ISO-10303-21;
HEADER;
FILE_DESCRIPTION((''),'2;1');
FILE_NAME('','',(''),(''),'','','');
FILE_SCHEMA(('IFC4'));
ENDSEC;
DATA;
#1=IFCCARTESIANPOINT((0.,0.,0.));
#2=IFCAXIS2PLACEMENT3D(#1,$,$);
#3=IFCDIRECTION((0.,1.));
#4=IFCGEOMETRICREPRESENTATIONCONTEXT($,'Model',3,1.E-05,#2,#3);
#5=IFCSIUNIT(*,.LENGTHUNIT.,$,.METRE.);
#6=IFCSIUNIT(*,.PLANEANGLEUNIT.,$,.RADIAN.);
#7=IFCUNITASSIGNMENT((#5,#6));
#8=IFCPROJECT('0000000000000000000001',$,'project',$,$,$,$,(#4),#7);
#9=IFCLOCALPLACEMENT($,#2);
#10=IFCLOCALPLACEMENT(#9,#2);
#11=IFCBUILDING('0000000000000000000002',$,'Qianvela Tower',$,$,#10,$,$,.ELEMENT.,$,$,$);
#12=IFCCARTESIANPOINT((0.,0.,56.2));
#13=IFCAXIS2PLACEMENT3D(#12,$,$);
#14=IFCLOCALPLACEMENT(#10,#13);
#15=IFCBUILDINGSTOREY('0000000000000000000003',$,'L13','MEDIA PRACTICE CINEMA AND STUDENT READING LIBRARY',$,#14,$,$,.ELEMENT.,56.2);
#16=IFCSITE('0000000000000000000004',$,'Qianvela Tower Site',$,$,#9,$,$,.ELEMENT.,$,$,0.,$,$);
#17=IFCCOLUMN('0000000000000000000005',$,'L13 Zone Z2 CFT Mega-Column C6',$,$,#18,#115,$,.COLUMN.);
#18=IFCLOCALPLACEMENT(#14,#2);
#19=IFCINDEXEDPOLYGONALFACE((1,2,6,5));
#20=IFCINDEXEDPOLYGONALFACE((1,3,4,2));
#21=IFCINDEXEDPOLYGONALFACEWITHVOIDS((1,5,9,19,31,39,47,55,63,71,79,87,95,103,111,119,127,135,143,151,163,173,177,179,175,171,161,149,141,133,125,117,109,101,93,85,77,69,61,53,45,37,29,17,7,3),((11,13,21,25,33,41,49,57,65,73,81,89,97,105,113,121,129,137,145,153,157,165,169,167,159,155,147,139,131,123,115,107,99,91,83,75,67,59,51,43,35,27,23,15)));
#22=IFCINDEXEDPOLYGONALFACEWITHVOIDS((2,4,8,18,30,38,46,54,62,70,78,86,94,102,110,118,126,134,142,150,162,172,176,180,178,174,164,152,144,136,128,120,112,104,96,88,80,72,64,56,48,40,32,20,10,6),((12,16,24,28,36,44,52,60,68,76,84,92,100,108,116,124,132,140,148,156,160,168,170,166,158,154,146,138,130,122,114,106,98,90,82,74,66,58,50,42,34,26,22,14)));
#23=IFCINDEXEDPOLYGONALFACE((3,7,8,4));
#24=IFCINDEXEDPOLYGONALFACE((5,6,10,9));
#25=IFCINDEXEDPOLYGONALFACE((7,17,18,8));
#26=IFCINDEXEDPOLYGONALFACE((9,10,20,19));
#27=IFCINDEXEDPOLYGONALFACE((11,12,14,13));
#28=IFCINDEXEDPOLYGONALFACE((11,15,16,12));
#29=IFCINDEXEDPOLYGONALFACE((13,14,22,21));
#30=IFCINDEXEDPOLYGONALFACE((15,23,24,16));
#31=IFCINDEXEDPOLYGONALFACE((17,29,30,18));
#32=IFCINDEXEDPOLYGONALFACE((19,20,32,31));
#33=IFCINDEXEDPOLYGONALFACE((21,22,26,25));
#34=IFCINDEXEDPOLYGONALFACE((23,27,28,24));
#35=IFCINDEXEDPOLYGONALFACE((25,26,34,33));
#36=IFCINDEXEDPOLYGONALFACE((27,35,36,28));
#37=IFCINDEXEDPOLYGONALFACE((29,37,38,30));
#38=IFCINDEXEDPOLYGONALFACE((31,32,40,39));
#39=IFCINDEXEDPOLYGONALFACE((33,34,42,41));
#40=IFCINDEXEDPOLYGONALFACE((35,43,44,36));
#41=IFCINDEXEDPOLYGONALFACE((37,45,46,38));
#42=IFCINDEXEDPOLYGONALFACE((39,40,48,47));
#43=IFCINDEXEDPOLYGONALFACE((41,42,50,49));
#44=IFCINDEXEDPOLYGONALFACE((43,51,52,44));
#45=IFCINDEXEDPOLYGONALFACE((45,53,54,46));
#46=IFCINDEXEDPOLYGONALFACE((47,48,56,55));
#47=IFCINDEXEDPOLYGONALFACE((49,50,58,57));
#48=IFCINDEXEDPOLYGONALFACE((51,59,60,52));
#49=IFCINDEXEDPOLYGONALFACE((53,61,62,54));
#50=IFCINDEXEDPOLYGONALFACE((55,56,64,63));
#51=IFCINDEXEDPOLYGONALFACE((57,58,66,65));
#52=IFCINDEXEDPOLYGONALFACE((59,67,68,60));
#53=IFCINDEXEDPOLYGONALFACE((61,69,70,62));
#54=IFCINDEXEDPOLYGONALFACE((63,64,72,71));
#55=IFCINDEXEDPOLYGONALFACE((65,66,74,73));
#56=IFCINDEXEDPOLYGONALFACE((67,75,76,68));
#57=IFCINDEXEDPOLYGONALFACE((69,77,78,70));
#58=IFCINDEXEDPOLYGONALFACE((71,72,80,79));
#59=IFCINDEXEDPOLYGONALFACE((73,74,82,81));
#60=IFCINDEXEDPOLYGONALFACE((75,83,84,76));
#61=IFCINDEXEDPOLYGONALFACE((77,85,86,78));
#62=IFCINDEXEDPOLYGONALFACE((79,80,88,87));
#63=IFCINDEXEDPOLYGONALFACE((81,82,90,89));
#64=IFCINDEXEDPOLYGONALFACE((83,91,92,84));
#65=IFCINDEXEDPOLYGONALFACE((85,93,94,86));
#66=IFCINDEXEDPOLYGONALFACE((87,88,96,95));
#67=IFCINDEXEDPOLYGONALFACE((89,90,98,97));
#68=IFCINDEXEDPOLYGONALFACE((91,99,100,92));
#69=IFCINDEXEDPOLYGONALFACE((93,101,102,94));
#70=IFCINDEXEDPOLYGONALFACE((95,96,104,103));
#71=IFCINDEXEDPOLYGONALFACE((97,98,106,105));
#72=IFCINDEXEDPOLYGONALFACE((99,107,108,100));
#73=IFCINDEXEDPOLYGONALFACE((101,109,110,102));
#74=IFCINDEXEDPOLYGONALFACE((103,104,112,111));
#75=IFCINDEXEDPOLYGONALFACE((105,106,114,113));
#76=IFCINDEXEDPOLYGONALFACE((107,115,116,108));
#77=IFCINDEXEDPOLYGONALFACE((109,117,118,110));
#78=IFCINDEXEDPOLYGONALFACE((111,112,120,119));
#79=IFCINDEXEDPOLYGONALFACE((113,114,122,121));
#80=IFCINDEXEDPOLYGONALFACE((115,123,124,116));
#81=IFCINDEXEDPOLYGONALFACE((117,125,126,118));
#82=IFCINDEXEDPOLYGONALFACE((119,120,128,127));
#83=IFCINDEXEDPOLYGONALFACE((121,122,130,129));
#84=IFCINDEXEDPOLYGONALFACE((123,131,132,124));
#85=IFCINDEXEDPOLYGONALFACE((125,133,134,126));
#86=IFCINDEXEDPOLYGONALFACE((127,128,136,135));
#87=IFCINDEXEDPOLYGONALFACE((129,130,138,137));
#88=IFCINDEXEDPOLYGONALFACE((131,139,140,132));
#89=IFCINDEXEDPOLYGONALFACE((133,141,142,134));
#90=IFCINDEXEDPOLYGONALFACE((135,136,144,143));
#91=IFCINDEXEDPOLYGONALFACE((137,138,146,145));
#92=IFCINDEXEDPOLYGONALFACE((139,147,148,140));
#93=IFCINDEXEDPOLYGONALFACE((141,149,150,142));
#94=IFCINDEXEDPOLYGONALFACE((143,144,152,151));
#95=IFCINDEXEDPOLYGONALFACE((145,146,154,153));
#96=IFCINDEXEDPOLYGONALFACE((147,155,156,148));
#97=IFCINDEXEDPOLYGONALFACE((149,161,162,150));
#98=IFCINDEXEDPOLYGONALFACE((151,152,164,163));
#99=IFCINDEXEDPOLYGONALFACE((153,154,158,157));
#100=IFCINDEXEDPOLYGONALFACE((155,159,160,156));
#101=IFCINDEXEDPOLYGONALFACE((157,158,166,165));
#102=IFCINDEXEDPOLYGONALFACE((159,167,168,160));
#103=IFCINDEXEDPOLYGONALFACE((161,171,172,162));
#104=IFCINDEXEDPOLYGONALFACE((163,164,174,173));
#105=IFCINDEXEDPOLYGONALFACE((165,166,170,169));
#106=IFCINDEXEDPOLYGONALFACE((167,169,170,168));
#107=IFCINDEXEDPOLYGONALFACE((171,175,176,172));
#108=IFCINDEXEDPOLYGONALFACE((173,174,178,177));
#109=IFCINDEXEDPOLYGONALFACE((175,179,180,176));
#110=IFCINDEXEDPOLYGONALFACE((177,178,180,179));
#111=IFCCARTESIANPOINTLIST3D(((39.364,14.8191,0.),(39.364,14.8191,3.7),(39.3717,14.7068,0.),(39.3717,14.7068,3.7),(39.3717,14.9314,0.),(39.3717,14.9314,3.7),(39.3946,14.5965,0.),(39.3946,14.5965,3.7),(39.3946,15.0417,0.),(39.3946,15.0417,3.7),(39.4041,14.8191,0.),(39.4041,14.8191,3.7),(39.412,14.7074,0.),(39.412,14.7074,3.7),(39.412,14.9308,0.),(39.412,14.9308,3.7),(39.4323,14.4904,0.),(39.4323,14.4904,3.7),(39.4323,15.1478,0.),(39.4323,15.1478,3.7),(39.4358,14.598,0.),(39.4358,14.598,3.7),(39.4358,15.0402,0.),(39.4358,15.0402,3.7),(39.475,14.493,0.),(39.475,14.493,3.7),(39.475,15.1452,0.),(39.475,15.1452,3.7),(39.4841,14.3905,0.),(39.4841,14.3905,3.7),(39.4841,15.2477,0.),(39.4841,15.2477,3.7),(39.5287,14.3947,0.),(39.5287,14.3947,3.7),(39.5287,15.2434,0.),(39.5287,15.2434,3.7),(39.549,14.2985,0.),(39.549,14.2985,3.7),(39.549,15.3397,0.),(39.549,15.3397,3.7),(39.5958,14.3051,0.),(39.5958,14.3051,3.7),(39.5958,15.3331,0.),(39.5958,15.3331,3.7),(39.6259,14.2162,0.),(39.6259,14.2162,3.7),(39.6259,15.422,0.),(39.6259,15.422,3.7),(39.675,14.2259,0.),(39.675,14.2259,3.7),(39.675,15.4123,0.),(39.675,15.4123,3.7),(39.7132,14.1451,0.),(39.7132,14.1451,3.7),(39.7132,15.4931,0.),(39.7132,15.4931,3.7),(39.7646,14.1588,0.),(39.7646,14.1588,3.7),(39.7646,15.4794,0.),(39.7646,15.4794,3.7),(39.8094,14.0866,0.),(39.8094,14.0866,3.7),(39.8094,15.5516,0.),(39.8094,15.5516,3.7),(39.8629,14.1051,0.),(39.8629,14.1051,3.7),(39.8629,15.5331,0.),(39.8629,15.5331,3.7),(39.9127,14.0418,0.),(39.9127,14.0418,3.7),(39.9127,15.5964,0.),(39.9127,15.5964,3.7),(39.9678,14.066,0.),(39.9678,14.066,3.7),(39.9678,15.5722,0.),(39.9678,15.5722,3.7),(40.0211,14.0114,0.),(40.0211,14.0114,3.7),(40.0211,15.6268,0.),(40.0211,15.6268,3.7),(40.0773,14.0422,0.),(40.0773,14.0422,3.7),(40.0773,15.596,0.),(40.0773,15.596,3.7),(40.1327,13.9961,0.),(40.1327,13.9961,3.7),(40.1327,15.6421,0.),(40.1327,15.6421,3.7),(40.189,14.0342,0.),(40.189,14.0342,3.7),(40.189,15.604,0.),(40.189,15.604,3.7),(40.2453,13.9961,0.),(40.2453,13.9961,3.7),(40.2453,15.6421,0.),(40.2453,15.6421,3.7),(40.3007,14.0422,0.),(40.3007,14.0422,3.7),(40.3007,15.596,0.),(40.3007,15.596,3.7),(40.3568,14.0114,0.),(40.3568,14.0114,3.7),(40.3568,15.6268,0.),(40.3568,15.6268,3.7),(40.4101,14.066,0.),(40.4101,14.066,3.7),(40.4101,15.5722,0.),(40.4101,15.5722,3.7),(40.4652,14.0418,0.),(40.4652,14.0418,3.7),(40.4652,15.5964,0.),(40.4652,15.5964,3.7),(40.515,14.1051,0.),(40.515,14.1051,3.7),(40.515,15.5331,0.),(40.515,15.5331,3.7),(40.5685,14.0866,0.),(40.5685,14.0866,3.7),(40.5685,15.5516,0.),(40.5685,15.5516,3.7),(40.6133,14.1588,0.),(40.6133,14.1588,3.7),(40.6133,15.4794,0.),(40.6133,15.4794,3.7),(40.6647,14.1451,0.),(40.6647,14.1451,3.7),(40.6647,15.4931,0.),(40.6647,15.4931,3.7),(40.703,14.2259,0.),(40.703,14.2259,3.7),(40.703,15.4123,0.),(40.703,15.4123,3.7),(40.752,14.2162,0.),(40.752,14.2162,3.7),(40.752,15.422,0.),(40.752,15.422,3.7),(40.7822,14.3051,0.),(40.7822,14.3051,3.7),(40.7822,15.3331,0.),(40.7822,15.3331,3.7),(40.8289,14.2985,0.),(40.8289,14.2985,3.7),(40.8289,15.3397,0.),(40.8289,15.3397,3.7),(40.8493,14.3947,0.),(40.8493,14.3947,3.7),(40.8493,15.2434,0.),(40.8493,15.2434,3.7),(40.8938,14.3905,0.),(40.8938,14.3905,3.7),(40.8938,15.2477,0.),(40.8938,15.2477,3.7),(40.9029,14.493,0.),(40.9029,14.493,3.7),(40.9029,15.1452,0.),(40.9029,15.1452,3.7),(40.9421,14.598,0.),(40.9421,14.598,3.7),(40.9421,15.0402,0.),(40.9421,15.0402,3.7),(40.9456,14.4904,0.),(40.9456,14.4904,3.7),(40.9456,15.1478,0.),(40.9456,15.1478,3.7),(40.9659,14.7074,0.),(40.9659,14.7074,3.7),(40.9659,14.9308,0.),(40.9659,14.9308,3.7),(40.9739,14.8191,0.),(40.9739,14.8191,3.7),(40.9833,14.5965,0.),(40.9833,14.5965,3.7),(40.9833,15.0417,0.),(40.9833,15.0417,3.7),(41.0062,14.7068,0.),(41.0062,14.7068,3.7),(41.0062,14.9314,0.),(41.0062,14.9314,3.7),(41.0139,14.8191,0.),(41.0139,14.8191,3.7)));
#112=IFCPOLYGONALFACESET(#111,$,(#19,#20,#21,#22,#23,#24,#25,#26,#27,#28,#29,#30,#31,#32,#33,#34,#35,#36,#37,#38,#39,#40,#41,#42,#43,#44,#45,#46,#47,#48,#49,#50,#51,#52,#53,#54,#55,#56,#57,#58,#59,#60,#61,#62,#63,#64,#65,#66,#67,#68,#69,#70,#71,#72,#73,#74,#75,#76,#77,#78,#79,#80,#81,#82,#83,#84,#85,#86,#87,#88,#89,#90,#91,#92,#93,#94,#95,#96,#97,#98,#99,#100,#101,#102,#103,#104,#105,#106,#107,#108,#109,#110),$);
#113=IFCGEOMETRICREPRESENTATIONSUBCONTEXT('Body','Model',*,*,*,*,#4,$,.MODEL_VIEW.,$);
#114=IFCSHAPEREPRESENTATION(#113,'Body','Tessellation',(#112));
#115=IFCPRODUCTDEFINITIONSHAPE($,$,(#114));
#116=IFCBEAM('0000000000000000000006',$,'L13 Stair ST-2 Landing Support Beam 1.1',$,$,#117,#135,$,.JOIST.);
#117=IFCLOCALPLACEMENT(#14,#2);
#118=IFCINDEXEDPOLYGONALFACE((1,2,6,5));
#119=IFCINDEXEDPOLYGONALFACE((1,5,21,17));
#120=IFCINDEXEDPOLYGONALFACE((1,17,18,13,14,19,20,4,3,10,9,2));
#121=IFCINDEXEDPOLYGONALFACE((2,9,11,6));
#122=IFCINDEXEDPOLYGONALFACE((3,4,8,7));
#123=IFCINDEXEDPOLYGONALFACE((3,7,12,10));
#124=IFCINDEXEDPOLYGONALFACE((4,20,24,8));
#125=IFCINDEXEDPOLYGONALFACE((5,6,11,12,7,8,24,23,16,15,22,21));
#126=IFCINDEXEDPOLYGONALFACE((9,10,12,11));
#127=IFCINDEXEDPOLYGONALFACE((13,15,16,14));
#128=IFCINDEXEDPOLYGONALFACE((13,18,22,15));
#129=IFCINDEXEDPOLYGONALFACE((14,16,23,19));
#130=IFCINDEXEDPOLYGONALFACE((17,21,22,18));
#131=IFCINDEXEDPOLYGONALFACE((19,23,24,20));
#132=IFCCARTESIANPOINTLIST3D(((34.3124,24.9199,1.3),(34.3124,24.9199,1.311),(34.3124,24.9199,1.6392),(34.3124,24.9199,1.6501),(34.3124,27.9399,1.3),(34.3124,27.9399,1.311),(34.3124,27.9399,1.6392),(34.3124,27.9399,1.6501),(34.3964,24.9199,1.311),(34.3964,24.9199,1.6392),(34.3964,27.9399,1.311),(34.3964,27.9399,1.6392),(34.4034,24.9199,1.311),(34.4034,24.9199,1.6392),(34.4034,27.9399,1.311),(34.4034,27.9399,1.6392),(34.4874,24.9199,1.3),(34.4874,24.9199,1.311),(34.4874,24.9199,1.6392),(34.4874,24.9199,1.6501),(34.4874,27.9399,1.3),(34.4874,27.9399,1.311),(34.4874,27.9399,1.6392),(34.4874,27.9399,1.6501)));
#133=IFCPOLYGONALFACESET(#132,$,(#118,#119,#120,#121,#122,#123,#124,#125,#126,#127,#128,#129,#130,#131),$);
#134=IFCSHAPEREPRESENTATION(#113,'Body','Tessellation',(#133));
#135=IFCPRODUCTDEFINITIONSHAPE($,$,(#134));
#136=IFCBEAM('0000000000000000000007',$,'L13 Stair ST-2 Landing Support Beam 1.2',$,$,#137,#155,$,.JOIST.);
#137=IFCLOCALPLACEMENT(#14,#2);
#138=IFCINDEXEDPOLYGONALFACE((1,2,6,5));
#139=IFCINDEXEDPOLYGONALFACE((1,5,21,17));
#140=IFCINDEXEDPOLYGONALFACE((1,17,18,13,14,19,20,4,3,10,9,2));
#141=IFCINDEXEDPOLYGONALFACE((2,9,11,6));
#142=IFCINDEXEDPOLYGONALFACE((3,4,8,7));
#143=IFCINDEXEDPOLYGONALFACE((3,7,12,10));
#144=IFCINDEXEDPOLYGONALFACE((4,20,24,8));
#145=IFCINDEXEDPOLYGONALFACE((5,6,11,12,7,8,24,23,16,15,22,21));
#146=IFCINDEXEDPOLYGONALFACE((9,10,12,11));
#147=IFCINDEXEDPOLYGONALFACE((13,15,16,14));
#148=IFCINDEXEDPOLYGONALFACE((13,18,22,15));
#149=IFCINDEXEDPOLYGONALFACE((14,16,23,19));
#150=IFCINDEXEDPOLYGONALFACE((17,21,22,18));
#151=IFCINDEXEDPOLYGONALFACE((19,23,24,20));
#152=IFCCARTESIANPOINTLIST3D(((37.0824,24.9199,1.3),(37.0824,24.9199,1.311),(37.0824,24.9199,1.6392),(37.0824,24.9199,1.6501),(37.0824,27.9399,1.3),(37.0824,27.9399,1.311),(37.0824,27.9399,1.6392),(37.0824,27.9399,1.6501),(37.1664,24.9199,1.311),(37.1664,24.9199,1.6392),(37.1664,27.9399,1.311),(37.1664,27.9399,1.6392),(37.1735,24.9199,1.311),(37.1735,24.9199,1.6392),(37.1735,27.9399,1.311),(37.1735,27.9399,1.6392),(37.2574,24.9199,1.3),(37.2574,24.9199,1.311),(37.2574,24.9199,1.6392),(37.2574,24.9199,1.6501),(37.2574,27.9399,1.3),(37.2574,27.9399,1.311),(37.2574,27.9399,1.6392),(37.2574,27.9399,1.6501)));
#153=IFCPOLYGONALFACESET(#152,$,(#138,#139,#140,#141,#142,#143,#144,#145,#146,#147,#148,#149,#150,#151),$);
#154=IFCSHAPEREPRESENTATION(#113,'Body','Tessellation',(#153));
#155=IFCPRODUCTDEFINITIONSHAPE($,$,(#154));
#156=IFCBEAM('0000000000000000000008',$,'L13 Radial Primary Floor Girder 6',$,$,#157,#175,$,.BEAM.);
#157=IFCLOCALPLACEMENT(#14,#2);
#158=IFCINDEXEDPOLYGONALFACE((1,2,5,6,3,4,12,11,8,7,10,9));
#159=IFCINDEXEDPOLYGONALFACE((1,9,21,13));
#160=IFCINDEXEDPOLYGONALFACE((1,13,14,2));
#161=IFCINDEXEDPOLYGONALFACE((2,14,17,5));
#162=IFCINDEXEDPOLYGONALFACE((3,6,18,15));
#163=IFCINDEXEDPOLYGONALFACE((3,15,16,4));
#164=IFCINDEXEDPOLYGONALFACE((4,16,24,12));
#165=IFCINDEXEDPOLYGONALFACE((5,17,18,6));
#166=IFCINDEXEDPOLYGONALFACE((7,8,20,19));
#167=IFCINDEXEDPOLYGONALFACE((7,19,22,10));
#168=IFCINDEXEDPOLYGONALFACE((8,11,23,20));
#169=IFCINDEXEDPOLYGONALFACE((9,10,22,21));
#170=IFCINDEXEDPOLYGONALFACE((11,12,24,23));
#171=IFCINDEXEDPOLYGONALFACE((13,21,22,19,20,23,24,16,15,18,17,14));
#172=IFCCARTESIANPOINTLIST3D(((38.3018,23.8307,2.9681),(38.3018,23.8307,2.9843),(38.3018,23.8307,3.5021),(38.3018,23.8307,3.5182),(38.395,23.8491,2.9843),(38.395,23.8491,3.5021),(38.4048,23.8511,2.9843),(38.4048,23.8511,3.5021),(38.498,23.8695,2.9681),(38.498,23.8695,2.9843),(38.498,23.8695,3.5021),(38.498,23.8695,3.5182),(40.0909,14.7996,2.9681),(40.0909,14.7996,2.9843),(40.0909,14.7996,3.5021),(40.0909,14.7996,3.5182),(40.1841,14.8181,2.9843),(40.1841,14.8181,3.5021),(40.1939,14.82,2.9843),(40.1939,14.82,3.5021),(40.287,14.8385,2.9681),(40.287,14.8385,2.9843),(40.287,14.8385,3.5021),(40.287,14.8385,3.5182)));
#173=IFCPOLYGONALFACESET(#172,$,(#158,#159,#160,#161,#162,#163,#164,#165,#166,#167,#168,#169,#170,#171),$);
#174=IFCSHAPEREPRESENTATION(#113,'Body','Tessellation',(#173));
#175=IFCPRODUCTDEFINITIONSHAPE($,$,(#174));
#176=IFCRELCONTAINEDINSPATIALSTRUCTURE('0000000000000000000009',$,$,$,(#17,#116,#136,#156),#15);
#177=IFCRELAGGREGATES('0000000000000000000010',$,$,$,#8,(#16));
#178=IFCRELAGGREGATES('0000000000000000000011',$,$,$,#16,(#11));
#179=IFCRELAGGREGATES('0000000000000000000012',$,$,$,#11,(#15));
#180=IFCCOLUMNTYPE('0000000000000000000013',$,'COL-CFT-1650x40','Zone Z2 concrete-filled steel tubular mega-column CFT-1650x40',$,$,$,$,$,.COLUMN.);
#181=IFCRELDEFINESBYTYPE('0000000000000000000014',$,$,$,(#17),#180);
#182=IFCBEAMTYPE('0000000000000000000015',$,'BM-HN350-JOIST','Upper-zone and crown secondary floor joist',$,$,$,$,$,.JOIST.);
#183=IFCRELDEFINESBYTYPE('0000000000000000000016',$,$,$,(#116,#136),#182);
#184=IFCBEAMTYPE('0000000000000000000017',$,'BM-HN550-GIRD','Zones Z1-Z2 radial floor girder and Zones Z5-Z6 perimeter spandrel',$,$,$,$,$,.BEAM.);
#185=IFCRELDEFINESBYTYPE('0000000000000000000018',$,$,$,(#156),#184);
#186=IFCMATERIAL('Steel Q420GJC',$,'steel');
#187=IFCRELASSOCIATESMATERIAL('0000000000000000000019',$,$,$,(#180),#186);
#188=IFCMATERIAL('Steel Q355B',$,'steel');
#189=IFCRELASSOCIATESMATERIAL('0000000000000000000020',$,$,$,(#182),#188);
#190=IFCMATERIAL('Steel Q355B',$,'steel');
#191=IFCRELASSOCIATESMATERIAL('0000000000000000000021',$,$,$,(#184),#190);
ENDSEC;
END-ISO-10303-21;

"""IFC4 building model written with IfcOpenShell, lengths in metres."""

from ifc_helpers import new_model, si_unit, direction, frame, origin, origin_2d, place, context, subcontext, project, spatial, hollow_circle, i_section, extrude, material, material_profile, profile_set, type_object, element, save


model = new_model("IFC4")

# Units and contexts
model_context = context("Model", 3, precision=1e-05, world=origin(), true_north=direction((0.0, 1.0)))
body_context = subcontext(model_context, "Body", "Model", "MODEL_VIEW")
ifc_project = project(units=[si_unit("LENGTHUNIT", "METRE"), si_unit("PLANEANGLEUNIT", "RADIAN")], contexts=[model_context])

# Site, building, storey
site_placement = place(None, origin())
site = spatial("IfcSite", under=ifc_project, at=site_placement, Name="Qianvela Tower Site", CompositionType="ELEMENT", RefElevation=0.0)
building_placement = place(site_placement, origin())
building = spatial("IfcBuilding", under=site, at=building_placement, Name="Qianvela Tower", CompositionType="ELEMENT")
storey_placement = place(building_placement, frame((0.0, 0.0, 56.2)))
storey = spatial("IfcBuildingStorey", under=building, at=storey_placement, Name="L13", Description="MEDIA PRACTICE CINEMA AND STUDENT READING LIBRARY", CompositionType="ELEMENT", Elevation=56.2)

# Column
ifc_material_1 = material(Name="Steel Q420GJC", Category="steel")
ifc_material_profile_1 = material_profile(ifc_material_1, hollow_circle(Radius=0.825, WallThickness=0.04, at=origin_2d()), Name="CFT-1650x40")
ifc_profile_set_1 = profile_set([ifc_material_profile_1], Name="Steel Q420GJC")
column_type = type_object("IfcColumnType", Name="COL-CFT-1650x40", Description="Zone Z2 concrete-filled steel tubular mega-column CFT-1650x40", PredefinedType="COLUMN", material=ifc_profile_set_1)
for number, where, z_axis, x_axis, name in (
    (1, (40.189, 14.8191, 0.0), (0.0, 0.0, 1.0), (1.0, 0.0, 0.0), "L13 Zone Z2 CFT Mega-Column C6"),
):
    element("IfcColumn", number, at=place(storey_placement, frame(where, z_axis=z_axis, x_axis=x_axis)), inside=storey, type_object=column_type, Name=name, PredefinedType="COLUMN", context=body_context, shape_type="SweptSolid", body=[
        extrude(hollow_circle(Radius=0.825, WallThickness=0.04, at=origin_2d()), origin(), (0.0, 0.0, 1.0), 3.7),
    ])

# Beams
ifc_material_2 = material(Name="Steel Q355B", Category="steel")
ifc_material_profile_2 = material_profile(ifc_material_2, i_section(OverallWidth=0.175, OverallDepth=0.3501, WebThickness=0.0071, FlangeThickness=0.011, at=origin_2d()), Name="HN350x175x7x11")
ifc_profile_set_2 = profile_set([ifc_material_profile_2], Name="Steel Q355B")
beam_type_1 = type_object("IfcBeamType", Name="BM-HN350-JOIST", Description="Upper-zone and crown secondary floor joist", PredefinedType="JOIST", material=ifc_profile_set_2)
for number, where, z_axis, x_axis, name in (
    (2, (34.3999, 24.9199, 1.4751), (0.0, 1.0, 0.0), (-1.0, 0.0, 0.0), "L13 Stair ST-2 Landing Support Beam 1.1"),
    (3, (37.1699, 24.9199, 1.4751), (0.0, 1.0, 0.0), (-1.0, 0.0, 0.0), "L13 Stair ST-2 Landing Support Beam 1.2"),
):
    element("IfcBeam", number, at=place(storey_placement, frame(where, z_axis=z_axis, x_axis=x_axis)), inside=storey, type_object=beam_type_1, Name=name, PredefinedType="JOIST", context=body_context, shape_type="SweptSolid", body=[
        extrude(i_section(OverallWidth=0.175, OverallDepth=0.3501, WebThickness=0.0071, FlangeThickness=0.011, at=origin_2d()), origin(), (0.0, 0.0, 1.0), 3.02),
    ])
ifc_material_3 = material(Name="Steel Q355B", Category="steel")
ifc_material_profile_3 = material_profile(ifc_material_3, i_section(OverallWidth=0.2, OverallDepth=0.55, WebThickness=0.01, FlangeThickness=0.0161, at=origin_2d()), Name="HN550x200x10x16")
ifc_profile_set_3 = profile_set([ifc_material_profile_3], Name="Steel Q355B")
beam_type_2 = type_object("IfcBeamType", Name="BM-HN550-GIRD", Description="Zones Z1-Z2 radial floor girder and Zones Z5-Z6 perimeter spandrel", PredefinedType="BEAM", material=ifc_profile_set_3)
beam_1_placement = place(storey_placement, frame((38.3999, 23.8501, 3.2432), z_axis=(0.194326, -0.980937, 0.0), x_axis=(0.980937, 0.194326, 0.0)))
element("IfcBeam", 4, at=beam_1_placement, inside=storey, type_object=beam_type_2, Name="L13 Radial Primary Floor Girder 6", PredefinedType="BEAM", context=body_context, shape_type="SweptSolid", body=[
    extrude(i_section(OverallWidth=0.2, OverallDepth=0.55, WebThickness=0.01, FlangeThickness=0.0161, at=origin_2d()), origin(), (0.0, 0.0, 1.0), 9.2065),
])

save(model, "model.ifc")
